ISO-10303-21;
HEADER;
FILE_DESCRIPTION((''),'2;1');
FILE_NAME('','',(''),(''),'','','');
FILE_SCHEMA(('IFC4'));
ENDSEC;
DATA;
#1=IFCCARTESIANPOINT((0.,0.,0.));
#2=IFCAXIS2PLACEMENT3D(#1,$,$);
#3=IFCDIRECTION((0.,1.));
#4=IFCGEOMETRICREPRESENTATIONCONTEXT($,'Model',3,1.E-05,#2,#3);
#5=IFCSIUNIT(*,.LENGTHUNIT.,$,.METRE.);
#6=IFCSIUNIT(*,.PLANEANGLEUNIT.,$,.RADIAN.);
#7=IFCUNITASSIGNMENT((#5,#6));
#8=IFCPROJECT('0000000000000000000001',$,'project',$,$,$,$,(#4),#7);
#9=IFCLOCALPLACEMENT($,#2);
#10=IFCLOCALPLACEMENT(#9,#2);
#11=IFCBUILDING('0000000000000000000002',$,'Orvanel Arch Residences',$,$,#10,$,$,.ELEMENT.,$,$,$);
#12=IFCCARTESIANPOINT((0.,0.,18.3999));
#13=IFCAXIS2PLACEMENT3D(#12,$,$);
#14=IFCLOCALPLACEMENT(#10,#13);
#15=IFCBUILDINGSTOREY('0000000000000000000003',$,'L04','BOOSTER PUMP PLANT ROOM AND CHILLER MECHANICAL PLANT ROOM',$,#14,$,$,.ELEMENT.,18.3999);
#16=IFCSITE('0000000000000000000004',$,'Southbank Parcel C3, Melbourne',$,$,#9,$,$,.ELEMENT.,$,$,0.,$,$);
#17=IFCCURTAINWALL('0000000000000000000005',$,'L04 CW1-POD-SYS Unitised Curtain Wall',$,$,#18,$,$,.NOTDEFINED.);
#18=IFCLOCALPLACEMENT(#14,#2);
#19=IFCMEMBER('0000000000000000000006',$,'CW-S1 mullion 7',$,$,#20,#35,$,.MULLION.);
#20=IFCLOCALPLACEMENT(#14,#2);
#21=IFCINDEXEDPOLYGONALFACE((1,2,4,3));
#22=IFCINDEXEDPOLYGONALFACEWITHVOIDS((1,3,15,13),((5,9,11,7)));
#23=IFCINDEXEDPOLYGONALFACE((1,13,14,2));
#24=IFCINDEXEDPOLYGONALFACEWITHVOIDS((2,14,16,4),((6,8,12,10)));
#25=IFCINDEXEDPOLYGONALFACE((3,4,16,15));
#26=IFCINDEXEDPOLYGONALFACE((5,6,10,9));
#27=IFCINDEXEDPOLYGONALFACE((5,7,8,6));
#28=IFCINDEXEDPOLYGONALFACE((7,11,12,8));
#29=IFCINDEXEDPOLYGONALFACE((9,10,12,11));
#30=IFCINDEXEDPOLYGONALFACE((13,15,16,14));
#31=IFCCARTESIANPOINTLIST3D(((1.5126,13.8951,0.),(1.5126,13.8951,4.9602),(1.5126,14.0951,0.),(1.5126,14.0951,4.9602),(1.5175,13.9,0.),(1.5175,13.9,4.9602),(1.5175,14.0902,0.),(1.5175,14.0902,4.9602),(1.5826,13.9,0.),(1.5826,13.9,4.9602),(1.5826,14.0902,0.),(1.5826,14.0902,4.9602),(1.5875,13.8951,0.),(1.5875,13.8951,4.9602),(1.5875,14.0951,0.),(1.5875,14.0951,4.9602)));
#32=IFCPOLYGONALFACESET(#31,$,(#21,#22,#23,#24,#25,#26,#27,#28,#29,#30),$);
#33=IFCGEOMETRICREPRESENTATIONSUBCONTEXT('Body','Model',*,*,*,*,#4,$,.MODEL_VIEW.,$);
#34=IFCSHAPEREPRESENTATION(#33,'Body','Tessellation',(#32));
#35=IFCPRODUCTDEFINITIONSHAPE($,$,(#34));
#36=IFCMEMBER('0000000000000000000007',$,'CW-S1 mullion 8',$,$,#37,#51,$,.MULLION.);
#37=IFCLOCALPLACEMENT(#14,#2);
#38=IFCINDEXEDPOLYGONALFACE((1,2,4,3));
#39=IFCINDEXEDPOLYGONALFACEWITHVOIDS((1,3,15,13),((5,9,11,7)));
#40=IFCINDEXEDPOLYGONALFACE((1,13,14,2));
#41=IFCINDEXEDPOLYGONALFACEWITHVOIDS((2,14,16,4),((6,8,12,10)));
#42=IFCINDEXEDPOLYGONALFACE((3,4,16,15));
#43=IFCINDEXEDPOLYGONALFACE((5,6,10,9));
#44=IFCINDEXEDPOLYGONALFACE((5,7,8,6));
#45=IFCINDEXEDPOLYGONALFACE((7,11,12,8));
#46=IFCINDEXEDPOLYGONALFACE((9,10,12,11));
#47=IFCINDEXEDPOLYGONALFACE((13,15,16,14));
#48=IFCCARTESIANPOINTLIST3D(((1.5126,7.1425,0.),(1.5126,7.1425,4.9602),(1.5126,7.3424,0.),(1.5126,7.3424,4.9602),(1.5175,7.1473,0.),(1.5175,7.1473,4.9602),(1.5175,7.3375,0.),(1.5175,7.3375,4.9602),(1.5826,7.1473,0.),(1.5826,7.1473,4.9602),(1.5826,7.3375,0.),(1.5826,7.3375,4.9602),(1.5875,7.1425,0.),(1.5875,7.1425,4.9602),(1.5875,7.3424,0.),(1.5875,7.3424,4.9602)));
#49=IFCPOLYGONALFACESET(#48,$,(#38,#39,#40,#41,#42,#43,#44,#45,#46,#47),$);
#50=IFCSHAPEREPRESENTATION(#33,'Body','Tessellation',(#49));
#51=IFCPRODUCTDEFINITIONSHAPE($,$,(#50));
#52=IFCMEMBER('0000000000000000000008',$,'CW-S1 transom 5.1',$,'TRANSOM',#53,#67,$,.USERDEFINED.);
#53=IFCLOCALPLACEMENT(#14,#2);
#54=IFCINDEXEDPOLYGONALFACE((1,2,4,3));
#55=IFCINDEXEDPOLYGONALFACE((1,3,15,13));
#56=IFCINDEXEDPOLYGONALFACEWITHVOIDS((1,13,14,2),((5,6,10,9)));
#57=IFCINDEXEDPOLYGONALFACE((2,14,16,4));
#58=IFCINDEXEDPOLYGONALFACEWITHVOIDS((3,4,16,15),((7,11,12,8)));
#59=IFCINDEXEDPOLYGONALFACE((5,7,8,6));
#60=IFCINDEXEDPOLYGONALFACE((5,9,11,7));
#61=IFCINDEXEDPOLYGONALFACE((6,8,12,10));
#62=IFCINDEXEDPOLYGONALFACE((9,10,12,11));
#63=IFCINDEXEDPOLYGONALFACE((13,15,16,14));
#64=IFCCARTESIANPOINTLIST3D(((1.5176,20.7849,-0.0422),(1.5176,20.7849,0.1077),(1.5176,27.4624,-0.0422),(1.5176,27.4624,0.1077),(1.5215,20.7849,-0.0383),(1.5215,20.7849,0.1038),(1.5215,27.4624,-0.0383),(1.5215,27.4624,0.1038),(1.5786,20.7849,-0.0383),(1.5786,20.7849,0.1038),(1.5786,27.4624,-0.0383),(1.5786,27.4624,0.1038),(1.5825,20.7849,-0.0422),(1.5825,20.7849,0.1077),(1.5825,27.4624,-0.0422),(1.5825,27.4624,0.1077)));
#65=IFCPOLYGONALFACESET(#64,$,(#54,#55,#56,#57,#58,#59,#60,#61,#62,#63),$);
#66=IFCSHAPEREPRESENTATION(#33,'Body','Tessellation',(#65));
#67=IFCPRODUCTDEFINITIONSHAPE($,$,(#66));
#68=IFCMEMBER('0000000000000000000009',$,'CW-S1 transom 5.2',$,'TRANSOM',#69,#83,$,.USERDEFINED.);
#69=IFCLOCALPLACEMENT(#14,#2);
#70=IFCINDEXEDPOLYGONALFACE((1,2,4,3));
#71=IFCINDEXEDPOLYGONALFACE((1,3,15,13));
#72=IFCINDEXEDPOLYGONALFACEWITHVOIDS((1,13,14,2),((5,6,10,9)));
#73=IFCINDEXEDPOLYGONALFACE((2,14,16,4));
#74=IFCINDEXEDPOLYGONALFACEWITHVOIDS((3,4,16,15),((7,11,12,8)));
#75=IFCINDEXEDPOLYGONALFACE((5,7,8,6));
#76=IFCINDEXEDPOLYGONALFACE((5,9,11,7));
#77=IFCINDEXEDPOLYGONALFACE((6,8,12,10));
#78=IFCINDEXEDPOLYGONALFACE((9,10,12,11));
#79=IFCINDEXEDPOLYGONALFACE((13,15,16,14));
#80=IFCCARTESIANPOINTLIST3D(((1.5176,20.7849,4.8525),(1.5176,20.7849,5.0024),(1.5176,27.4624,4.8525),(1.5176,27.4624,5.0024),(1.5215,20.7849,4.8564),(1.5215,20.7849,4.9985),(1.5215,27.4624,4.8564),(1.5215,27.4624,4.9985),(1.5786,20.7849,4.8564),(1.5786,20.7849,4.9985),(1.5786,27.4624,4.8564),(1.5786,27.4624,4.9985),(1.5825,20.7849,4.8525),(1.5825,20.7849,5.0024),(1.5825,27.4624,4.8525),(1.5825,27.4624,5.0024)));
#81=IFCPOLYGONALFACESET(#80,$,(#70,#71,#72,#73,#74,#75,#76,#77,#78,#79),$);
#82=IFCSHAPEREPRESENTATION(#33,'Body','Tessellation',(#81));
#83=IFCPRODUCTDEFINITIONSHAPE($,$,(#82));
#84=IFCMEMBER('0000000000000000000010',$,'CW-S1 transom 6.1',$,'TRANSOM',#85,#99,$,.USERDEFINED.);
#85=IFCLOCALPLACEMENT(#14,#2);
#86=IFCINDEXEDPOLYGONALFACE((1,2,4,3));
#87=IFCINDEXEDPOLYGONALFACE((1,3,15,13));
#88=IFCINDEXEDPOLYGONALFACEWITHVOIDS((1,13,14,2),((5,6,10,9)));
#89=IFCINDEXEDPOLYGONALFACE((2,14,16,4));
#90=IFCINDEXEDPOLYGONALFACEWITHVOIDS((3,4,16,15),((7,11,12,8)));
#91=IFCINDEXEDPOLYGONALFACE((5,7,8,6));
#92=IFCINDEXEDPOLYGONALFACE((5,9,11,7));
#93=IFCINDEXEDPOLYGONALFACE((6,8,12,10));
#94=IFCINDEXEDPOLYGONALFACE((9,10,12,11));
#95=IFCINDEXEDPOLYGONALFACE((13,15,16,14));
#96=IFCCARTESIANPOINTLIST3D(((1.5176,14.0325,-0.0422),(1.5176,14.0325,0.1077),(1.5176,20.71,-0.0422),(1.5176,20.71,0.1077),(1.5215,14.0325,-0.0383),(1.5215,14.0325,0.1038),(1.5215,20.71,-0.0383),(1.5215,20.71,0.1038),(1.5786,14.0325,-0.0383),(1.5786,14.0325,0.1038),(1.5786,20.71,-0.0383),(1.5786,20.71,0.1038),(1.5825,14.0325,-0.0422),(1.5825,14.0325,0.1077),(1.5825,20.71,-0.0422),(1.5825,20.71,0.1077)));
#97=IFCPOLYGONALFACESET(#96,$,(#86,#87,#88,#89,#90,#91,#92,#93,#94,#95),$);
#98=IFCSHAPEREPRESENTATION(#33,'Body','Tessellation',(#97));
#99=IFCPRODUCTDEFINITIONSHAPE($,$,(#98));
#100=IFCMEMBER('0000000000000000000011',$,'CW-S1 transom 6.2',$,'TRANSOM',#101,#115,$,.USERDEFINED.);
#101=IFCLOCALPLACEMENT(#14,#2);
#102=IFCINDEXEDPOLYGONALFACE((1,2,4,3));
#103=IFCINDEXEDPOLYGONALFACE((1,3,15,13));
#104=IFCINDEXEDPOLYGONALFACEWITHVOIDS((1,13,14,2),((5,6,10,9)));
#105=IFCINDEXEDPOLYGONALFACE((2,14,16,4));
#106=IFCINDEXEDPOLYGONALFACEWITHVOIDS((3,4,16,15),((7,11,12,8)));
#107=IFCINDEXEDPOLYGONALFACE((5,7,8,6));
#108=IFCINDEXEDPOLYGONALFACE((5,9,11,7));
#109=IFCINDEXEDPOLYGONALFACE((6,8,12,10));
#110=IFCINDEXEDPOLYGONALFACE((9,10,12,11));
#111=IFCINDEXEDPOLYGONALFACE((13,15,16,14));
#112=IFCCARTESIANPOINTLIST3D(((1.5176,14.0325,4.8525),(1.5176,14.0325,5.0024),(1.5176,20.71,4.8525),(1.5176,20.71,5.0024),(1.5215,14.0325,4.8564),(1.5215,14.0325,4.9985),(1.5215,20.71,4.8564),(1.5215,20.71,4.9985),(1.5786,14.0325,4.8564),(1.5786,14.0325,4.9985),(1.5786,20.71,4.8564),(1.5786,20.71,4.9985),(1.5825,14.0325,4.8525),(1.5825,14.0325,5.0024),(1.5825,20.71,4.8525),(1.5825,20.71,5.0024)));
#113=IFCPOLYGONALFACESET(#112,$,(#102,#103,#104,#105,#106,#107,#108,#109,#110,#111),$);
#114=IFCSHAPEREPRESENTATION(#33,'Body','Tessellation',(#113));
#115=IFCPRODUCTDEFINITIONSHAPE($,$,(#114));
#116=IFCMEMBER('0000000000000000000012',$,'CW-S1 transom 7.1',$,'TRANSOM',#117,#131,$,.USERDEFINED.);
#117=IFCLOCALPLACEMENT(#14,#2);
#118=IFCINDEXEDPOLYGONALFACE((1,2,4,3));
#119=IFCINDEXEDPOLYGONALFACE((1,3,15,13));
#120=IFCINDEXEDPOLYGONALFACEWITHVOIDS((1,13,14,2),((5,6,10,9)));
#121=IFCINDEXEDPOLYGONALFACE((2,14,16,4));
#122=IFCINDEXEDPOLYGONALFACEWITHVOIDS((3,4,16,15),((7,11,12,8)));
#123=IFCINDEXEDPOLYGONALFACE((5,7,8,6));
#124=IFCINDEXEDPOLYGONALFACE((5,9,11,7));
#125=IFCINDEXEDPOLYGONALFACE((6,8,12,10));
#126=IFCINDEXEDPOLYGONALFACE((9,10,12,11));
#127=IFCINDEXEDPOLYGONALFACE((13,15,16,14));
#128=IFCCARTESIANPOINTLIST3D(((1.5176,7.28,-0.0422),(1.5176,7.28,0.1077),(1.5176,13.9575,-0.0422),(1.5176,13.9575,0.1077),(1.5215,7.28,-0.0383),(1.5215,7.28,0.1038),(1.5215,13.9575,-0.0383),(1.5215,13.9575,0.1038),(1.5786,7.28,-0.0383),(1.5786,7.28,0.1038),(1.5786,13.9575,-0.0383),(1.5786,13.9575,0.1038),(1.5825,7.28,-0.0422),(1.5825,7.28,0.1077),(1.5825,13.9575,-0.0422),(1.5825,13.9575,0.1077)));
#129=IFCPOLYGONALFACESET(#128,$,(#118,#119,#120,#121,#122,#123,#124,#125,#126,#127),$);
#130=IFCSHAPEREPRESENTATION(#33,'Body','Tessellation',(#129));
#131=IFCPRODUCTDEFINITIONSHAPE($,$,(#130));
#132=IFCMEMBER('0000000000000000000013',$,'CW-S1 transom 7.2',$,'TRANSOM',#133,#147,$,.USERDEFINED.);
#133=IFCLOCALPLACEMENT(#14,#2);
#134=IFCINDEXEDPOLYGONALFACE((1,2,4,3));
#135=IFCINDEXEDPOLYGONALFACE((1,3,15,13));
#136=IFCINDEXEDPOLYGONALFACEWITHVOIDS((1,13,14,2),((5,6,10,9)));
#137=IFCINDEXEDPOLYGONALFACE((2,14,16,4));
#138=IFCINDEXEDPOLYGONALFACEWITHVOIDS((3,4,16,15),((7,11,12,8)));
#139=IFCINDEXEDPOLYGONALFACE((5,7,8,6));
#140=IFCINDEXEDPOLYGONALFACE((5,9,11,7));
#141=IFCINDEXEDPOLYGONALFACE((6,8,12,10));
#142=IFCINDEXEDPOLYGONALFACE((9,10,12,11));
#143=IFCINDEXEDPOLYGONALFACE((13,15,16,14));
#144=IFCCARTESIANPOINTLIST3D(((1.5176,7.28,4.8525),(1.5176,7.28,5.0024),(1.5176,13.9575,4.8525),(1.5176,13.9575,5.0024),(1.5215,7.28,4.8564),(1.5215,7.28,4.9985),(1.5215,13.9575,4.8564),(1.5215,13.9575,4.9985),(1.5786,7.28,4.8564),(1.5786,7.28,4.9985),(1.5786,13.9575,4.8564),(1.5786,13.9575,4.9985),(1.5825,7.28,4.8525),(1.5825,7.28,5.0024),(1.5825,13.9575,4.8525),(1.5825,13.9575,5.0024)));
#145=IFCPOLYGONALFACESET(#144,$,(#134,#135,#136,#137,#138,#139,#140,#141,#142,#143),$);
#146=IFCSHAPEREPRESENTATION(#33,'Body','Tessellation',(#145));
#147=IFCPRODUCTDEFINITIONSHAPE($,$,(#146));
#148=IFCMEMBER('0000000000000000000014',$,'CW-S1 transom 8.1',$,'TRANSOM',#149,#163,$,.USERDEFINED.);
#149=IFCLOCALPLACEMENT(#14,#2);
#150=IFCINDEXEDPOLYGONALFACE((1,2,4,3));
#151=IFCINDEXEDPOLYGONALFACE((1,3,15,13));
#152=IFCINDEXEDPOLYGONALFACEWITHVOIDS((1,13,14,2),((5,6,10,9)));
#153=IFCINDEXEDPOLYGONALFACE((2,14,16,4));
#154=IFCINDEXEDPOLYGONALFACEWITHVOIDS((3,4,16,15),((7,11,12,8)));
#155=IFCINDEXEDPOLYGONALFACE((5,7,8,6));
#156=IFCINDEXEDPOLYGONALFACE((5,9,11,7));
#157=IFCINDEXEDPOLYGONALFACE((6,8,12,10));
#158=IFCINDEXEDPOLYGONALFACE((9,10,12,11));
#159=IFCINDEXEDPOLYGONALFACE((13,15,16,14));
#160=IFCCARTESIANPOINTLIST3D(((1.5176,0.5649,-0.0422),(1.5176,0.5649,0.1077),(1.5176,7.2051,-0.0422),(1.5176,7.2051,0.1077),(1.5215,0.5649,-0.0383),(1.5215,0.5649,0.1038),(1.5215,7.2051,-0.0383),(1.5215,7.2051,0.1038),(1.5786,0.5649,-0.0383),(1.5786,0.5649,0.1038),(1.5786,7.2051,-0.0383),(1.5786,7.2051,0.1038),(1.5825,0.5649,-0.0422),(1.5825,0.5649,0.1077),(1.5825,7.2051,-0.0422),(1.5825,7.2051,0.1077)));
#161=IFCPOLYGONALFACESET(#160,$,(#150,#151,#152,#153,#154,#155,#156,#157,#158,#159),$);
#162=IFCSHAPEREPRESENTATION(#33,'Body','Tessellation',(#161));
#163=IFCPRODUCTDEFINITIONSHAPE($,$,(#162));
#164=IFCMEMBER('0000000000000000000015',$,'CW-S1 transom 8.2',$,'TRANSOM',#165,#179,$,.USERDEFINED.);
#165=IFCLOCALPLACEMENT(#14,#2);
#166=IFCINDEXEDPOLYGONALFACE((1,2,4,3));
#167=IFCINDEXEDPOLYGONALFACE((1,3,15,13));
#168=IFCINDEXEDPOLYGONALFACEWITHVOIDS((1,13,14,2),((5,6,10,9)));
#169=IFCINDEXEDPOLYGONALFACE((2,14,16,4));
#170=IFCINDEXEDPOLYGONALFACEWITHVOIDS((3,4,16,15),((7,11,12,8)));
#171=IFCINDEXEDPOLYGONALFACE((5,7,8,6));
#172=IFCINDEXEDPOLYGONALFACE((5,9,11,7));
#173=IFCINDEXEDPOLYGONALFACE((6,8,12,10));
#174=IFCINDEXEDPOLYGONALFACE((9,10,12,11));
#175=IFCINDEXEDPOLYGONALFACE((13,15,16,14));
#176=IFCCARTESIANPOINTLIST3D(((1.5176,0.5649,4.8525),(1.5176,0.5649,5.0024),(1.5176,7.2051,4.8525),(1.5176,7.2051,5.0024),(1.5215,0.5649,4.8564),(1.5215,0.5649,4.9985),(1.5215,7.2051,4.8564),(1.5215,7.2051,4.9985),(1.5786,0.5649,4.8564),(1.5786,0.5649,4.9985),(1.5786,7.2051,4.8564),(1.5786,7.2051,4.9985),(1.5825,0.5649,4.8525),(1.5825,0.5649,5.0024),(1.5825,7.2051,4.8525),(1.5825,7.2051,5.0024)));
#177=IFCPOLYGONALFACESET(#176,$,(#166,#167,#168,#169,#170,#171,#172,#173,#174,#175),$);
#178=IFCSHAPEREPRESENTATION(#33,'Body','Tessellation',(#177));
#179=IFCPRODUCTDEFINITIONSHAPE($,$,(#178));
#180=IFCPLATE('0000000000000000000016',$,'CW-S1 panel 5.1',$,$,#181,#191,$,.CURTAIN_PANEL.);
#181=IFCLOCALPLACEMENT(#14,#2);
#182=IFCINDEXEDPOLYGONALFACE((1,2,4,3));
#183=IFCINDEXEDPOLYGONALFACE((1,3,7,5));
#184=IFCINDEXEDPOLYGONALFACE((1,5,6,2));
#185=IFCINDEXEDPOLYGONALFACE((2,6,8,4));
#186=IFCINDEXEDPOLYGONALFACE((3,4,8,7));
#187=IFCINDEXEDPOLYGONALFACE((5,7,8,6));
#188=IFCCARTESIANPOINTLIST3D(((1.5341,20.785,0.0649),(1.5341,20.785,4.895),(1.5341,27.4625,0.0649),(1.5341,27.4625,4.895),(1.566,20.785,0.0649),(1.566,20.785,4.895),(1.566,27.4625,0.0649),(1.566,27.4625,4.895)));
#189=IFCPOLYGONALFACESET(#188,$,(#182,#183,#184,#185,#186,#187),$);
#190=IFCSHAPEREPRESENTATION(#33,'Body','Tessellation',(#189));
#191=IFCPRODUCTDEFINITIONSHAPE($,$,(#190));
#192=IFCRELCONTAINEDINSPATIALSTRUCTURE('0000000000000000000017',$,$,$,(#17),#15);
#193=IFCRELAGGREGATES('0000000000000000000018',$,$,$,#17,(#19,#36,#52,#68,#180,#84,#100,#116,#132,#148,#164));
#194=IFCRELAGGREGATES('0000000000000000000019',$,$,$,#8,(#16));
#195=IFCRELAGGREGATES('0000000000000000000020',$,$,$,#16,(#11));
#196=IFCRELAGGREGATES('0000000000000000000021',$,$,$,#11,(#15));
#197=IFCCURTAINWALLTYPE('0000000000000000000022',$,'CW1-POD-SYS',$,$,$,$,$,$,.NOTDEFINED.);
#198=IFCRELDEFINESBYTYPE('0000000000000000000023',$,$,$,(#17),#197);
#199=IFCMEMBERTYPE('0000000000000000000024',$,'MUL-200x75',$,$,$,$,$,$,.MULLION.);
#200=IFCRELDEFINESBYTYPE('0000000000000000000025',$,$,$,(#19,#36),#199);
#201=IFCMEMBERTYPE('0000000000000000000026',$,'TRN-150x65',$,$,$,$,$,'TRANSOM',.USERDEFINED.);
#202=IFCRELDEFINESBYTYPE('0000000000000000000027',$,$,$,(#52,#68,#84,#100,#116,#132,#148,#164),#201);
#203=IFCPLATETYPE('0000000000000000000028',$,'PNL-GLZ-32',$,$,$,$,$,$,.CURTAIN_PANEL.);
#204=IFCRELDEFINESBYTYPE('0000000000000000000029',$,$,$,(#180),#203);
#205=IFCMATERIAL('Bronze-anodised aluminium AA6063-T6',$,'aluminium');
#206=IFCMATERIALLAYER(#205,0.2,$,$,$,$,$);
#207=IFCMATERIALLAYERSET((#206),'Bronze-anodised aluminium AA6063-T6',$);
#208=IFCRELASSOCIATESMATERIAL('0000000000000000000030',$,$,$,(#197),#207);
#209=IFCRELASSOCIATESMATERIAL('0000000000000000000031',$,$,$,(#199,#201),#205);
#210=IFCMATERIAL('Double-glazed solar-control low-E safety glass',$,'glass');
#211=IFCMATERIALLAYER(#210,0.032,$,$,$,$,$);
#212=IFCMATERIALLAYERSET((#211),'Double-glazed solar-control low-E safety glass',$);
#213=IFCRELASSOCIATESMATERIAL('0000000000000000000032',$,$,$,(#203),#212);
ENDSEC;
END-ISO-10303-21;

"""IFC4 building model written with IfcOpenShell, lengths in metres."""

from ifc_helpers import new_model, si_unit, direction, frame, origin, origin_2d, place, context, subcontext, project, spatial, rectangle, hollow_rectangle, extrude, material, layer, layer_set, material_profile, profile_set, type_object, element, aggregate, save


model = new_model("IFC4")

# Units and contexts
model_context = context("Model", 3, precision=1e-05, world=origin(), true_north=direction((0.0, 1.0)))
body_context = subcontext(model_context, "Body", "Model", "MODEL_VIEW")
ifc_project = project(units=[si_unit("LENGTHUNIT", "METRE"), si_unit("PLANEANGLEUNIT", "RADIAN")], contexts=[model_context])

# Site, building, storey
site_placement = place(None, origin())
site = spatial("IfcSite", under=ifc_project, at=site_placement, Name="Southbank Parcel C3, Melbourne", CompositionType="ELEMENT", RefElevation=0.0)
building_placement = place(site_placement, origin())
building = spatial("IfcBuilding", under=site, at=building_placement, Name="Orvanel Arch Residences", CompositionType="ELEMENT")
storey_placement = place(building_placement, frame((0.0, 0.0, 18.3999)))
storey = spatial("IfcBuildingStorey", under=building, at=storey_placement, Name="L04", Description="BOOSTER PUMP PLANT ROOM AND CHILLER MECHANICAL PLANT ROOM", CompositionType="ELEMENT", Elevation=18.3999)

# Curtain wall, members, plate
ifc_material_1 = material(Name="Bronze-anodised aluminium AA6063-T6", Category="aluminium")
ifc_layer_1 = layer(ifc_material_1, 0.2)
ifc_layer_set_1 = layer_set([ifc_layer_1], Name="Bronze-anodised aluminium AA6063-T6")
curtain_wall_type = type_object("IfcCurtainWallType", Name="CW1-POD-SYS", PredefinedType="NOTDEFINED", material=ifc_layer_set_1)
curtain_wall_placement = place(storey_placement, origin())
curtain_wall = element("IfcCurtainWall", 1, at=curtain_wall_placement, inside=storey, type_object=curtain_wall_type, Name="L04 CW1-POD-SYS Unitised Curtain Wall", PredefinedType="NOTDEFINED")
ifc_material_profile_1 = material_profile(ifc_material_1, hollow_rectangle(XDim=0.075, YDim=0.2, WallThickness=0.0049, at=origin_2d()), Name="ALU200x75x5")
ifc_profile_set_1 = profile_set([ifc_material_profile_1], Name="Bronze-anodised aluminium AA6063-T6")
member_type_1 = type_object("IfcMemberType", Name="MUL-200x75", PredefinedType="MULLION", material=ifc_profile_set_1)
member_1_placement = place(storey_placement, frame((1.55, 13.9951, 0.0), z_axis=(0.0, 0.0, 1.0), x_axis=(1.0, 0.0, 0.0)))
member_1 = element("IfcMember", 2, at=member_1_placement, type_object=member_type_1, Name="CW-S1 mullion 7", PredefinedType="MULLION", context=body_context, shape_type="SweptSolid", body=[
    extrude(hollow_rectangle(XDim=0.075, YDim=0.2, WallThickness=0.0049, at=origin_2d()), origin(), (0.0, 0.0, 1.0), 4.9602),
])
member_2_placement = place(storey_placement, frame((1.55, 7.2424, 0.0), z_axis=(0.0, 0.0, 1.0), x_axis=(1.0, 0.0, 0.0)))
member_2 = element("IfcMember", 3, at=member_2_placement, type_object=member_type_1, Name="CW-S1 mullion 8", PredefinedType="MULLION", context=body_context, shape_type="SweptSolid", body=[
    extrude(hollow_rectangle(XDim=0.075, YDim=0.2, WallThickness=0.0049, at=origin_2d()), origin(), (0.0, 0.0, 1.0), 4.9602),
])
ifc_material_profile_2 = material_profile(ifc_material_1, hollow_rectangle(XDim=0.0649, YDim=0.1499, WallThickness=0.0039, at=origin_2d()), Name="ALU150x65x4")
ifc_profile_set_2 = profile_set([ifc_material_profile_2], Name="Bronze-anodised aluminium AA6063-T6")
member_type_2 = type_object("IfcMemberType", Name="TRN-150x65", ElementType="TRANSOM", PredefinedType="USERDEFINED", material=ifc_profile_set_2)
member_3_placement = place(storey_placement, frame((1.55, 27.4624, 0.0327), z_axis=(0.0, -1.0, 0.0), x_axis=(1.0, 0.0, 0.0)))
member_3 = element("IfcMember", 4, at=member_3_placement, type_object=member_type_2, Name="CW-S1 transom 5.1", ObjectType="TRANSOM", PredefinedType="USERDEFINED", context=body_context, shape_type="SweptSolid", body=[
    extrude(hollow_rectangle(XDim=0.0649, YDim=0.1499, WallThickness=0.0039, at=origin_2d()), origin(), (0.0, 0.0, 1.0), 6.6775),
])
member_4_placement = place(storey_placement, frame((1.55, 27.4624, 4.9275), z_axis=(0.0, -1.0, 0.0), x_axis=(1.0, 0.0, 0.0)))
member_4 = element("IfcMember", 5, at=member_4_placement, type_object=member_type_2, Name="CW-S1 transom 5.2", ObjectType="TRANSOM", PredefinedType="USERDEFINED", context=body_context, shape_type="SweptSolid", body=[
    extrude(hollow_rectangle(XDim=0.0649, YDim=0.1499, WallThickness=0.0039, at=origin_2d()), origin(), (0.0, 0.0, 1.0), 6.6775),
])
member_5_placement = place(storey_placement, frame((1.55, 20.71, 0.0327), z_axis=(0.0, -1.0, 0.0), x_axis=(1.0, 0.0, 0.0)))
member_5 = element("IfcMember", 6, at=member_5_placement, type_object=member_type_2, Name="CW-S1 transom 6.1", ObjectType="TRANSOM", PredefinedType="USERDEFINED", context=body_context, shape_type="SweptSolid", body=[
    extrude(hollow_rectangle(XDim=0.0649, YDim=0.1499, WallThickness=0.0039, at=origin_2d()), origin(), (0.0, 0.0, 1.0), 6.6775),
])
member_6_placement = place(storey_placement, frame((1.55, 20.71, 4.9275), z_axis=(0.0, -1.0, 0.0), x_axis=(1.0, 0.0, 0.0)))
member_6 = element("IfcMember", 7, at=member_6_placement, type_object=member_type_2, Name="CW-S1 transom 6.2", ObjectType="TRANSOM", PredefinedType="USERDEFINED", context=body_context, shape_type="SweptSolid", body=[
    extrude(hollow_rectangle(XDim=0.0649, YDim=0.1499, WallThickness=0.0039, at=origin_2d()), origin(), (0.0, 0.0, 1.0), 6.6775),
])
member_7_placement = place(storey_placement, frame((1.55, 13.9575, 0.0327), z_axis=(0.0, -1.0, 0.0), x_axis=(1.0, 0.0, 0.0)))
member_7 = element("IfcMember", 8, at=member_7_placement, type_object=member_type_2, Name="CW-S1 transom 7.1", ObjectType="TRANSOM", PredefinedType="USERDEFINED", context=body_context, shape_type="SweptSolid", body=[
    extrude(hollow_rectangle(XDim=0.0649, YDim=0.1499, WallThickness=0.0039, at=origin_2d()), origin(), (0.0, 0.0, 1.0), 6.6775),
])
member_8_placement = place(storey_placement, frame((1.55, 13.9575, 4.9275), z_axis=(0.0, -1.0, 0.0), x_axis=(1.0, 0.0, 0.0)))
member_8 = element("IfcMember", 9, at=member_8_placement, type_object=member_type_2, Name="CW-S1 transom 7.2", ObjectType="TRANSOM", PredefinedType="USERDEFINED", context=body_context, shape_type="SweptSolid", body=[
    extrude(hollow_rectangle(XDim=0.0649, YDim=0.1499, WallThickness=0.0039, at=origin_2d()), origin(), (0.0, 0.0, 1.0), 6.6775),
])
member_9_placement = place(storey_placement, frame((1.55, 7.2051, 0.0327), z_axis=(0.0, -1.0, 0.0), x_axis=(1.0, 0.0, 0.0)))
member_9 = element("IfcMember", 10, at=member_9_placement, type_object=member_type_2, Name="CW-S1 transom 8.1", ObjectType="TRANSOM", PredefinedType="USERDEFINED", context=body_context, shape_type="SweptSolid", body=[
    extrude(hollow_rectangle(XDim=0.0649, YDim=0.1499, WallThickness=0.0039, at=origin_2d()), origin(), (0.0, 0.0, 1.0), 6.6401),
])
member_10_placement = place(storey_placement, frame((1.55, 7.2051, 4.9275), z_axis=(0.0, -1.0, 0.0), x_axis=(1.0, 0.0, 0.0)))
member_10 = element("IfcMember", 11, at=member_10_placement, type_object=member_type_2, Name="CW-S1 transom 8.2", ObjectType="TRANSOM", PredefinedType="USERDEFINED", context=body_context, shape_type="SweptSolid", body=[
    extrude(hollow_rectangle(XDim=0.0649, YDim=0.1499, WallThickness=0.0039, at=origin_2d()), origin(), (0.0, 0.0, 1.0), 6.6401),
])
ifc_material_2 = material(Name="Double-glazed solar-control low-E safety glass", Category="glass")
ifc_layer_2 = layer(ifc_material_2, 0.032)
ifc_layer_set_2 = layer_set([ifc_layer_2], Name="Double-glazed solar-control low-E safety glass")
plate_type = type_object("IfcPlateType", Name="PNL-GLZ-32", PredefinedType="CURTAIN_PANEL", material=ifc_layer_set_2)
plate_1_placement = place(storey_placement, frame((1.55, 24.1238, 0.0649), z_axis=(0.0, 0.0, 1.0), x_axis=(0.0, -1.0, 0.0)))
plate_1 = element("IfcPlate", 12, at=plate_1_placement, type_object=plate_type, Name="CW-S1 panel 5.1", PredefinedType="CURTAIN_PANEL", context=body_context, shape_type="SweptSolid", body=[
    extrude(rectangle(XDim=6.6775, YDim=0.032, at=origin_2d()), origin(), (0.0, 0.0, 1.0), 4.8301),
])
aggregate(curtain_wall, [member_1, member_2, member_3, member_4, plate_1, member_5, member_6, member_7, member_8, member_9, member_10])

save(model, "model.ifc")
